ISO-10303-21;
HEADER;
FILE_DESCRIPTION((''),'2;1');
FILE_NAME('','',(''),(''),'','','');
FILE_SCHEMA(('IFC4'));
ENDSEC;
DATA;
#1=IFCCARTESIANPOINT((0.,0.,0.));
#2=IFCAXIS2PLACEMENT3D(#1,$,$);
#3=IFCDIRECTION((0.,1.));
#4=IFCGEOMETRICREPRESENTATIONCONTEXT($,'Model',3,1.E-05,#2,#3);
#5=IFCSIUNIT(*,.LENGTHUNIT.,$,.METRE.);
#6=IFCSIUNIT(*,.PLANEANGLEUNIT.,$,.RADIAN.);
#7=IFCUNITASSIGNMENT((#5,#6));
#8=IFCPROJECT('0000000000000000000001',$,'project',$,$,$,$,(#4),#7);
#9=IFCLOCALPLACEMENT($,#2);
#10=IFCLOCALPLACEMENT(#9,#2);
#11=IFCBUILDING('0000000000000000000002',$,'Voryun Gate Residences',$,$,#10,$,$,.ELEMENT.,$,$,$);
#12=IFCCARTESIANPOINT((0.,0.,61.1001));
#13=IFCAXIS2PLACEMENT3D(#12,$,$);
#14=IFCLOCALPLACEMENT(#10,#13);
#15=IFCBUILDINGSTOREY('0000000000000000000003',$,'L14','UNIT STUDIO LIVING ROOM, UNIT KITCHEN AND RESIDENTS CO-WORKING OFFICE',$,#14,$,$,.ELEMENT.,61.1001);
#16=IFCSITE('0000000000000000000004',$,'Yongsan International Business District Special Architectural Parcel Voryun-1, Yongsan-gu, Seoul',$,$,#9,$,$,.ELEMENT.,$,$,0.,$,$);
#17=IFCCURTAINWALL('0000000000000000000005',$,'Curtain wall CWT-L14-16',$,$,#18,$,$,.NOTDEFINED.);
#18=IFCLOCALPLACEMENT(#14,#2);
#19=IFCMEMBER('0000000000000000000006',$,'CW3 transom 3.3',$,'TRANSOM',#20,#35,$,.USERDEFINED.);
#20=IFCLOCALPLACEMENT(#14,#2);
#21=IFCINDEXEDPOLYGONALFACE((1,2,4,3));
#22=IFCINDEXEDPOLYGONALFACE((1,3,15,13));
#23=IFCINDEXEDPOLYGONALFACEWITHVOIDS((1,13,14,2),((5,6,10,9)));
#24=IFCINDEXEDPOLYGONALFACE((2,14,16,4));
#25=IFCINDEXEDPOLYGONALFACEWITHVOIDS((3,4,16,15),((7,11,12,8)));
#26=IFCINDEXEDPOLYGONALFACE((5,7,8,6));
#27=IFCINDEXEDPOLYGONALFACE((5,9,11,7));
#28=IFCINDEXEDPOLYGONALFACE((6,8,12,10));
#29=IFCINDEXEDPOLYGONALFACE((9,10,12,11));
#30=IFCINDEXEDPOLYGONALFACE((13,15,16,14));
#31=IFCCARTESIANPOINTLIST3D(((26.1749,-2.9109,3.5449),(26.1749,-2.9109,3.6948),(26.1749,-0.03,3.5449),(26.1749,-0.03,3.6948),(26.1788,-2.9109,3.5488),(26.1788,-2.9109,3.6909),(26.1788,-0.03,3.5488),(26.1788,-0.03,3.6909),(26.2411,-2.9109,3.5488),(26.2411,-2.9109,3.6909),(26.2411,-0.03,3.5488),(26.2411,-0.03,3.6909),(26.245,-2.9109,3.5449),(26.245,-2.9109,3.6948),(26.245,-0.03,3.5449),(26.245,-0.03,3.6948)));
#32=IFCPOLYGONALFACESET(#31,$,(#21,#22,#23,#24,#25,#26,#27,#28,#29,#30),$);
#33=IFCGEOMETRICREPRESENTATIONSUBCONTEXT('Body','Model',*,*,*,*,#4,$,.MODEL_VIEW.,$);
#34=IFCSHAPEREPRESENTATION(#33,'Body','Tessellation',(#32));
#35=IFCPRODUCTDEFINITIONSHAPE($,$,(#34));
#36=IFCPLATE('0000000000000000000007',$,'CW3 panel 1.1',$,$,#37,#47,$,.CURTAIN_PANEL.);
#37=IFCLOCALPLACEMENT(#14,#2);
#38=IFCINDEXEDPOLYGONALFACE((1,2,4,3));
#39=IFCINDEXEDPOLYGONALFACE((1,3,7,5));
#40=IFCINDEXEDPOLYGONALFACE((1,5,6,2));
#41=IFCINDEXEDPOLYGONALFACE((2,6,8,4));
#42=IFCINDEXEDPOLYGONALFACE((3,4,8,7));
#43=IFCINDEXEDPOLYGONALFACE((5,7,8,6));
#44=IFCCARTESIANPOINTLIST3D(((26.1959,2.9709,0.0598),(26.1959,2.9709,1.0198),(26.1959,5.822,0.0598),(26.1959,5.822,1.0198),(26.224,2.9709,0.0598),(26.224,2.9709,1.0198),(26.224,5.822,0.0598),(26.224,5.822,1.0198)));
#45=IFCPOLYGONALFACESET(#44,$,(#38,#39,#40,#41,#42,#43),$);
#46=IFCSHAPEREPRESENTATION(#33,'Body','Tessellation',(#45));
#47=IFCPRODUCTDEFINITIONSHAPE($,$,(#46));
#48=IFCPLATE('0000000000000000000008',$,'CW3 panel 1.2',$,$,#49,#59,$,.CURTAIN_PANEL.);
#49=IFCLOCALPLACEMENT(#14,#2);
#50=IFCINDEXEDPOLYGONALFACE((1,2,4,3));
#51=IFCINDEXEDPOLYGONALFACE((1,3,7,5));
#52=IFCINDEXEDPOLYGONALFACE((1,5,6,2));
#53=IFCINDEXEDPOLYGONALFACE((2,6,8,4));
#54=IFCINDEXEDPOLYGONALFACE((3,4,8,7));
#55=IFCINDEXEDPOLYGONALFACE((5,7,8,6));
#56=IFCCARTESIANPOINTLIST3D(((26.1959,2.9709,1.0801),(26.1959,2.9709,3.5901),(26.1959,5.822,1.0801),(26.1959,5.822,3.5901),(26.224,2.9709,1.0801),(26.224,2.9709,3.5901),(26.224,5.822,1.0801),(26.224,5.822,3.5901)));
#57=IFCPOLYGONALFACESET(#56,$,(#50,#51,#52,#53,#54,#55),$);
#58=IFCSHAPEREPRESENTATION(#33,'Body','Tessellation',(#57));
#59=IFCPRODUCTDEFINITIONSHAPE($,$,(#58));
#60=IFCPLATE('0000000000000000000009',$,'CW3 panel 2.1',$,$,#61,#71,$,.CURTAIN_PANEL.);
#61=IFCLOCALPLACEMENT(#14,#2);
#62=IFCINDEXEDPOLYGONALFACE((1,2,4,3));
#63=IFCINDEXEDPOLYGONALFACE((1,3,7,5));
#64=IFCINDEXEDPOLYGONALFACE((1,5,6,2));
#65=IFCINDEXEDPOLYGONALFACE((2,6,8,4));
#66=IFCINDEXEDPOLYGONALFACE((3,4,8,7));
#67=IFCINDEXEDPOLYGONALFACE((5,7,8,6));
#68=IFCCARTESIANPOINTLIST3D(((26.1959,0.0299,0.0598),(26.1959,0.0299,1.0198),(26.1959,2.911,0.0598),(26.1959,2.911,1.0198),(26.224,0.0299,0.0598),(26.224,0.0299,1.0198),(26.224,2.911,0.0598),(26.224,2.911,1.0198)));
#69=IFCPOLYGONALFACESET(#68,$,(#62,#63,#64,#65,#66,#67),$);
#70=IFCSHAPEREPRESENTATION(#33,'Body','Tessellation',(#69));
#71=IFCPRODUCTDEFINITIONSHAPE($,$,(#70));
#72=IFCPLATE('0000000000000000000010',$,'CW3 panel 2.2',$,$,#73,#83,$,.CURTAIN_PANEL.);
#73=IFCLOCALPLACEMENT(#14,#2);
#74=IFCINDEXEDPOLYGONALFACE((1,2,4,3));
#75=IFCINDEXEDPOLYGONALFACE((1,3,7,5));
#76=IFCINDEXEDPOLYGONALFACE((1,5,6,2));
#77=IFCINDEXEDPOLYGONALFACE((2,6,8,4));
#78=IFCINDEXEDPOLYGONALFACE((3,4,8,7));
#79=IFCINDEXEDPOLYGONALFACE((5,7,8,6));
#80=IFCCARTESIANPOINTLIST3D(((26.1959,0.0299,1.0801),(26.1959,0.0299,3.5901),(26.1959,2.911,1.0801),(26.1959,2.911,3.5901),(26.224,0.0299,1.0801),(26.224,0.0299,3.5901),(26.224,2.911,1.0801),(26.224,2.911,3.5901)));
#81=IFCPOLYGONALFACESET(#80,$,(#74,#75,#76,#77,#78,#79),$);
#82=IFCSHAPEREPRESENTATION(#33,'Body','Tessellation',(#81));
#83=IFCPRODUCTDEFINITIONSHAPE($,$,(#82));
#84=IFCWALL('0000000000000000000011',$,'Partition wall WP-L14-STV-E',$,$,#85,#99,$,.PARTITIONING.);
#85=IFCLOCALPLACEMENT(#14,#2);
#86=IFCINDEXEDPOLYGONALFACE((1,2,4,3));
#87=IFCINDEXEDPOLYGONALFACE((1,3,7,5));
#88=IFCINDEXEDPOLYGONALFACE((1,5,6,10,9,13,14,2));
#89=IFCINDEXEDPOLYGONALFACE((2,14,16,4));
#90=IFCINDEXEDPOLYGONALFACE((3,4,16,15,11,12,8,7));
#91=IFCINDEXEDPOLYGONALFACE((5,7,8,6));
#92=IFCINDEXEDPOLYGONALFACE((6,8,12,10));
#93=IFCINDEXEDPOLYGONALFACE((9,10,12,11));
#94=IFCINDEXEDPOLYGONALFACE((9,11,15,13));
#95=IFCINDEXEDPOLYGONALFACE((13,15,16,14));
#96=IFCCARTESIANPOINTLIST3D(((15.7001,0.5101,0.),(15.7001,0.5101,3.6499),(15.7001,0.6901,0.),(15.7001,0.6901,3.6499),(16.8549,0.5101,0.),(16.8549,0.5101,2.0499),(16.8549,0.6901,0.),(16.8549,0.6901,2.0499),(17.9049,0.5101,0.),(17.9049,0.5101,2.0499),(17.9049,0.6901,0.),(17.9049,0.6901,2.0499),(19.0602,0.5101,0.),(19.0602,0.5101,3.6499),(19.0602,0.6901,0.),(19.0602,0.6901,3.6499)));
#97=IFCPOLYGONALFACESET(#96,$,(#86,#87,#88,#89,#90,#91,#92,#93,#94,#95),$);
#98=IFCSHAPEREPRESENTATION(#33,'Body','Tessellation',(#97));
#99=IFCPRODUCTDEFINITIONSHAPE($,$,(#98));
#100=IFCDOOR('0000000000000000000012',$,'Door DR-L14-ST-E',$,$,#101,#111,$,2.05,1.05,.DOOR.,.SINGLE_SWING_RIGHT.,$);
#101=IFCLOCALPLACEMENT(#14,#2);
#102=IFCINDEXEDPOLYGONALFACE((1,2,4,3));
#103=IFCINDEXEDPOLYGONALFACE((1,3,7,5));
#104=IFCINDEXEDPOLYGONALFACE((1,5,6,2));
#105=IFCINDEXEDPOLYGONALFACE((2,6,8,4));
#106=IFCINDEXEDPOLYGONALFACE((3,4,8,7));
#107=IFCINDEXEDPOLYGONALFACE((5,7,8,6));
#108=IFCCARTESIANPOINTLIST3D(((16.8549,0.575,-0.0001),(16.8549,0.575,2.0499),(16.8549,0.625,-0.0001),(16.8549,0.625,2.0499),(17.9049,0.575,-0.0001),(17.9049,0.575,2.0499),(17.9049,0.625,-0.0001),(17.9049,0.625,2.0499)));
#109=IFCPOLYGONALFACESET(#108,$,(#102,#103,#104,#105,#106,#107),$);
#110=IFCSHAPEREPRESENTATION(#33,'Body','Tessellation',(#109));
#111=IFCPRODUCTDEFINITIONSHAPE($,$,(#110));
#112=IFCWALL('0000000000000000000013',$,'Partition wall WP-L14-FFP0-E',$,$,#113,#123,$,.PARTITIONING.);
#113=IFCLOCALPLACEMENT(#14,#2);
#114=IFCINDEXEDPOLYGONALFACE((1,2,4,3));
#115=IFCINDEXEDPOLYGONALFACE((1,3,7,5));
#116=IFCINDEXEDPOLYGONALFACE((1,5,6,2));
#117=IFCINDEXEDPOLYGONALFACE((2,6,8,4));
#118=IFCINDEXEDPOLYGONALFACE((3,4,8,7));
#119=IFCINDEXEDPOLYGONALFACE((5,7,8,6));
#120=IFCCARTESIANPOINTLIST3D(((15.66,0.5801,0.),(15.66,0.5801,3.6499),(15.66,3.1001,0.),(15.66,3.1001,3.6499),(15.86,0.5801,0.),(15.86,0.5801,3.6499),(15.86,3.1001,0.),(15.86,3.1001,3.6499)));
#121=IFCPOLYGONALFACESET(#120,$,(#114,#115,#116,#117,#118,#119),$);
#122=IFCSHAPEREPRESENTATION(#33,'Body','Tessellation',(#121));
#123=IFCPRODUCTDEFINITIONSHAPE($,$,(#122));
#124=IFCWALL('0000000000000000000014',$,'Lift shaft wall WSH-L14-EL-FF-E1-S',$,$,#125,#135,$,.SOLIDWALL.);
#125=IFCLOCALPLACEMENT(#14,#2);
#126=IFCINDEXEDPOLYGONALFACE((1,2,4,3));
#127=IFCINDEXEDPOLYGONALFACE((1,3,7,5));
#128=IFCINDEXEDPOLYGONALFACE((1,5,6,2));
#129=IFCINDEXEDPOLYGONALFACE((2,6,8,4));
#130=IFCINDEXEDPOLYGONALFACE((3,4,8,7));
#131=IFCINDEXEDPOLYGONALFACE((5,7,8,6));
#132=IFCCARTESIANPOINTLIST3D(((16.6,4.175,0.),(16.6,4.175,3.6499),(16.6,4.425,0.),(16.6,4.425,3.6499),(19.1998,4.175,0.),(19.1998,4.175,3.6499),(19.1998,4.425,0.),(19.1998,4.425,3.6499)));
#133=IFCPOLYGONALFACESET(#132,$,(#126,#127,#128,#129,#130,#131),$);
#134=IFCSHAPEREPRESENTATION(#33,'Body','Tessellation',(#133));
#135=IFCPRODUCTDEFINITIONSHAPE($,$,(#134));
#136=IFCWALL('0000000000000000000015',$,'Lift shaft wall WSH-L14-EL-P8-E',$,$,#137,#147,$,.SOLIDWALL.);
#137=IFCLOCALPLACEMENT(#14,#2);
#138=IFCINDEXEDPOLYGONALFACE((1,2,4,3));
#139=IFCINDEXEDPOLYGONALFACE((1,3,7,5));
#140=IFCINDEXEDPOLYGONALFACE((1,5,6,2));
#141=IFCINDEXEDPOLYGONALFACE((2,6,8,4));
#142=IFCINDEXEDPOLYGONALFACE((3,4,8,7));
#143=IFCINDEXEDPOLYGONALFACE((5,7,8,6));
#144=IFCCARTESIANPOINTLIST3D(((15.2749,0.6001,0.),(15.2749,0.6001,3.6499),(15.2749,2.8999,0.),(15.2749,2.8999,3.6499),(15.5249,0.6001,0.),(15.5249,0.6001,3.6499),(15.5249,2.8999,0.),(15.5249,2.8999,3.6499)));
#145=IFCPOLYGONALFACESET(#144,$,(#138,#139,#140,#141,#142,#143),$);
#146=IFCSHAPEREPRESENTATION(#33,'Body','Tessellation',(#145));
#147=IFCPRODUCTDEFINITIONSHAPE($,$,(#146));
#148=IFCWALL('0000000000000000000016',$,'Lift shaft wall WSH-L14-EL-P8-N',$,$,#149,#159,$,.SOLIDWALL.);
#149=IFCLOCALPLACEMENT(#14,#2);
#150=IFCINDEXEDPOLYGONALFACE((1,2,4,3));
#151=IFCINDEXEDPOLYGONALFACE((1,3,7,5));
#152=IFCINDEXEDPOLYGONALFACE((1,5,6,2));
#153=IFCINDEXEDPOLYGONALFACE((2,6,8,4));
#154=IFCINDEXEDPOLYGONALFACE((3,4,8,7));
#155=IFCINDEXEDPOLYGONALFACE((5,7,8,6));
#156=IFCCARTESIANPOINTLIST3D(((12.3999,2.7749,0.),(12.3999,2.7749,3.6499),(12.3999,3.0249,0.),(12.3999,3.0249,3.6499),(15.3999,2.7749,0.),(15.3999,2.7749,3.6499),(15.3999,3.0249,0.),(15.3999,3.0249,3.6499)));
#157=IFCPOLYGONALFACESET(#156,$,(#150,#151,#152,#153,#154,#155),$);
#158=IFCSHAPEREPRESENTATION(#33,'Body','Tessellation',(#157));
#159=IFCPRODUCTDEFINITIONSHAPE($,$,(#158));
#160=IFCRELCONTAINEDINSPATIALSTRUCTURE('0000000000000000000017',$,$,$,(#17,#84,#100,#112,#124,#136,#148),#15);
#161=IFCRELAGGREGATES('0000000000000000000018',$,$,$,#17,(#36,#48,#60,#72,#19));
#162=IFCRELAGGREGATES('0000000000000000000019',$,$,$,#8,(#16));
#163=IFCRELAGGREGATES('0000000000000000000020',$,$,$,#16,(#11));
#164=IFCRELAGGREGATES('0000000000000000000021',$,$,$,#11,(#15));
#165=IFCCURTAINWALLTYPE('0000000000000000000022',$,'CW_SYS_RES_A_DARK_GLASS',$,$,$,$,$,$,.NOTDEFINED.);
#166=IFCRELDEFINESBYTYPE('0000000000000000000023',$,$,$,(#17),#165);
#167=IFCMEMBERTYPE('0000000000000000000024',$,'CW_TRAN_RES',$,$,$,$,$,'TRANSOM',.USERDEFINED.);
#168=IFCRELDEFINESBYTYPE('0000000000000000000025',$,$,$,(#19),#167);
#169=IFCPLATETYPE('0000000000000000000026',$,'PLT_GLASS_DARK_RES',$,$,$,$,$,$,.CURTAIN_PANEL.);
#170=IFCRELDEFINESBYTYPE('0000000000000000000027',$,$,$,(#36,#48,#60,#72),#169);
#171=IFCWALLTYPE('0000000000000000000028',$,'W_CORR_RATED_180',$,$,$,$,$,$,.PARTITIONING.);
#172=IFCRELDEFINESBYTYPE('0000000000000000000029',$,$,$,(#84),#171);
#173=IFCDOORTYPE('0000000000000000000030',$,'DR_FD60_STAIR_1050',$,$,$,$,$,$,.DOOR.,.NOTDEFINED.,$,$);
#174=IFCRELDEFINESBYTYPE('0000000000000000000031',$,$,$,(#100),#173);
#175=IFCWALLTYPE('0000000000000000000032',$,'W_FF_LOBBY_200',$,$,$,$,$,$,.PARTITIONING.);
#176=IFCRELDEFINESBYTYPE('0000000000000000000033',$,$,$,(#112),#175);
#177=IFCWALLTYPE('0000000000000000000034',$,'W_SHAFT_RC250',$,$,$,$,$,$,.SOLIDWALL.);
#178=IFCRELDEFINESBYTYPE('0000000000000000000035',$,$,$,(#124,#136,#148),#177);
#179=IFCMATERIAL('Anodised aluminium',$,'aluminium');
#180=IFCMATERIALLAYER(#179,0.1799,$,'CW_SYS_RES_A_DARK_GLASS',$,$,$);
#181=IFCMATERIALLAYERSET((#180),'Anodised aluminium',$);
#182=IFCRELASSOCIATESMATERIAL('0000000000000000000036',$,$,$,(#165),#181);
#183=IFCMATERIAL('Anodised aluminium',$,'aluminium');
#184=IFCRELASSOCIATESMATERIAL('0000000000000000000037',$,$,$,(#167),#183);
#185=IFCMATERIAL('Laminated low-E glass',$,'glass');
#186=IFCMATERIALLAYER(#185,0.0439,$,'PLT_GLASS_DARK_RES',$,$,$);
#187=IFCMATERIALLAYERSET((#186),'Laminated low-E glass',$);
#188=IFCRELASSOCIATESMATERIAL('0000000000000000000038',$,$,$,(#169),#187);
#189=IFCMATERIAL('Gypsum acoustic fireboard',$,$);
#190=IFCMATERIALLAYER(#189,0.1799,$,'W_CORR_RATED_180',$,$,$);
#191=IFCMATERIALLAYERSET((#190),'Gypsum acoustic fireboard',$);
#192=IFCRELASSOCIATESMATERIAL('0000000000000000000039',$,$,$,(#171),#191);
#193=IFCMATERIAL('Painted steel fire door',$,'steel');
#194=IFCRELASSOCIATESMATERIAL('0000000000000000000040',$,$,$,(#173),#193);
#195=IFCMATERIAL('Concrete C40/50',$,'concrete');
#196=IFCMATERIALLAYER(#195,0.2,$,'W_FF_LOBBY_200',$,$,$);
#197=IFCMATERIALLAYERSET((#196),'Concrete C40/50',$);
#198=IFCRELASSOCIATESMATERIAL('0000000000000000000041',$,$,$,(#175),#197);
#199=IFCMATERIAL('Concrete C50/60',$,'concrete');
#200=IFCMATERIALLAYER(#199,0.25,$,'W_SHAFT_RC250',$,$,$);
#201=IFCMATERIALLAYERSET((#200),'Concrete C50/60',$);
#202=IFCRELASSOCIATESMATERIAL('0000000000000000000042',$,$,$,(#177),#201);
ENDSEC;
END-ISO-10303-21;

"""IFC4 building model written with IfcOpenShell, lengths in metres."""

from ifc_helpers import new_model, si_unit, direction, frame, frame_2d, origin, origin_2d, place, context, subcontext, project, spatial, rectangle, hollow_rectangle, extrude, material, layer, layer_set, material_profile, profile_set, type_object, element, fill, aggregate, save


model = new_model("IFC4")

# Units and contexts
model_context = context("Model", 3, precision=1e-05, world=origin(), true_north=direction((0.0, 1.0)))
body_context = subcontext(model_context, "Body", "Model", "MODEL_VIEW")
ifc_project = project(units=[si_unit("LENGTHUNIT", "METRE"), si_unit("PLANEANGLEUNIT", "RADIAN")], contexts=[model_context])

# Site, building, storey
site_placement = place(None, origin())
site = spatial("IfcSite", under=ifc_project, at=site_placement, Name="Yongsan International Business District Special Architectural Parcel Voryun-1, Yongsan-gu, Seoul", CompositionType="ELEMENT", RefElevation=0.0)
building_placement = place(site_placement, origin())
building = spatial("IfcBuilding", under=site, at=building_placement, Name="Voryun Gate Residences", CompositionType="ELEMENT")
storey_placement = place(building_placement, frame((0.0, 0.0, 61.1001)))
storey = spatial("IfcBuildingStorey", under=building, at=storey_placement, Name="L14", Description="UNIT STUDIO LIVING ROOM, UNIT KITCHEN AND RESIDENTS CO-WORKING OFFICE", CompositionType="ELEMENT", Elevation=61.1001)

# Curtain wall, member, plates
ifc_material_1 = material(Name="Anodised aluminium", Category="aluminium")
ifc_layer_1 = layer(ifc_material_1, 0.1799, Name="CW_SYS_RES_A_DARK_GLASS")
ifc_layer_set_1 = layer_set([ifc_layer_1], Name="Anodised aluminium")
curtain_wall_type = type_object("IfcCurtainWallType", Name="CW_SYS_RES_A_DARK_GLASS", PredefinedType="NOTDEFINED", material=ifc_layer_set_1)
curtain_wall_placement = place(storey_placement, origin())
curtain_wall = element("IfcCurtainWall", 1, at=curtain_wall_placement, inside=storey, type_object=curtain_wall_type, Name="Curtain wall CWT-L14-16", PredefinedType="NOTDEFINED")
ifc_material_2 = material(Name="Anodised aluminium", Category="aluminium")
ifc_material_profile_1 = material_profile(ifc_material_2, hollow_rectangle(XDim=0.0701, YDim=0.1499, WallThickness=0.0039, at=origin_2d()), Name="ALU-TRAN-150x70x4")
ifc_profile_set_1 = profile_set([ifc_material_profile_1], Name="Anodised aluminium")
member_type_1 = type_object("IfcMemberType", Name="CW_TRAN_RES", ElementType="TRANSOM", PredefinedType="USERDEFINED", material=ifc_profile_set_1)
member_1_placement = place(storey_placement, frame((26.21, -0.03, 3.6199), z_axis=(0.0, -1.0, 0.0), x_axis=(1.0, 0.0, 0.0)))
member_1 = element("IfcMember", 2, at=member_1_placement, type_object=member_type_1, Name="CW3 transom 3.3", ObjectType="TRANSOM", PredefinedType="USERDEFINED", context=body_context, shape_type="SweptSolid", body=[
    extrude(hollow_rectangle(XDim=0.0701, YDim=0.1499, WallThickness=0.0039, at=origin_2d()), origin(), (0.0, 0.0, 1.0), 2.8809),
])
ifc_material_3 = material(Name="Laminated low-E glass", Category="glass")
ifc_layer_2 = layer(ifc_material_3, 0.0439, Name="PLT_GLASS_DARK_RES")
ifc_layer_set_2 = layer_set([ifc_layer_2], Name="Laminated low-E glass")
plate_type = type_object("IfcPlateType", Name="PLT_GLASS_DARK_RES", PredefinedType="CURTAIN_PANEL", material=ifc_layer_set_2)
plate_1_placement = place(storey_placement, frame((26.21, 4.3965, 0.0598), z_axis=(0.0, 0.0, 1.0), x_axis=(0.0, -1.0, 0.0)))
plate_1 = element("IfcPlate", 3, at=plate_1_placement, type_object=plate_type, Name="CW3 panel 1.1", PredefinedType="CURTAIN_PANEL", context=body_context, shape_type="SweptSolid", body=[
    extrude(rectangle(XDim=2.8511, YDim=0.0281, at=origin_2d()), origin(), (0.0, 0.0, 1.0), 0.96),
])
plate_2_placement = place(storey_placement, frame((26.21, 4.3965, 1.0801), z_axis=(0.0, 0.0, 1.0), x_axis=(0.0, -1.0, 0.0)))
plate_2 = element("IfcPlate", 4, at=plate_2_placement, type_object=plate_type, Name="CW3 panel 1.2", PredefinedType="CURTAIN_PANEL", context=body_context, shape_type="SweptSolid", body=[
    extrude(rectangle(XDim=2.8511, YDim=0.0281, at=origin_2d()), origin(), (0.0, 0.0, 1.0), 2.51),
])
plate_3_placement = place(storey_placement, frame((26.21, 1.4705, 0.0598), z_axis=(0.0, 0.0, 1.0), x_axis=(0.0, -1.0, 0.0)))
plate_3 = element("IfcPlate", 5, at=plate_3_placement, type_object=plate_type, Name="CW3 panel 2.1", PredefinedType="CURTAIN_PANEL", context=body_context, shape_type="SweptSolid", body=[
    extrude(rectangle(XDim=2.8811, YDim=0.0281, at=origin_2d()), origin(), (0.0, 0.0, 1.0), 0.96),
])
plate_4_placement = place(storey_placement, frame((26.21, 1.4705, 1.0801), z_axis=(0.0, 0.0, 1.0), x_axis=(0.0, -1.0, 0.0)))
plate_4 = element("IfcPlate", 6, at=plate_4_placement, type_object=plate_type, Name="CW3 panel 2.2", PredefinedType="CURTAIN_PANEL", context=body_context, shape_type="SweptSolid", body=[
    extrude(rectangle(XDim=2.8811, YDim=0.0281, at=origin_2d()), origin(), (0.0, 0.0, 1.0), 2.51),
])
aggregate(curtain_wall, [plate_1, plate_2, plate_3, plate_4, member_1])

# Wall, opening, door
ifc_material_4 = material(Name="Gypsum acoustic fireboard")
ifc_layer_3 = layer(ifc_material_4, 0.1799, Name="W_CORR_RATED_180")
ifc_layer_set_3 = layer_set([ifc_layer_3], Name="Gypsum acoustic fireboard")
wall_type_1 = type_object("IfcWallType", Name="W_CORR_RATED_180", PredefinedType="PARTITIONING", material=ifc_layer_set_3)
wall_1_placement = place(storey_placement, frame((15.7, 0.6001, 0.0), z_axis=(0.0, 0.0, 1.0), x_axis=(1.0, 0.0, 0.0)))
wall_1 = element("IfcWall", 7, at=wall_1_placement, inside=storey, type_object=wall_type_1, Name="Partition wall WP-L14-STV-E", PredefinedType="PARTITIONING", context=body_context, shape_type="SweptSolid", body=[
    extrude(rectangle(XDim=3.3601, YDim=0.1799, at=frame_2d((1.6802, 0.0))), origin(), (0.0, 0.0, 1.0), 3.6499),
])
opening_placement = place(wall_1_placement, frame((1.155, 0.0, 0.0)))
opening = element("IfcOpeningElement", 8, at=opening_placement, cuts=wall_1, PredefinedType="OPENING", context=body_context, shape_type="SweptSolid", body=[
    extrude(rectangle(XDim=1.05, YDim=2.05, at=frame_2d((0.5249, 1.0249))), frame((0.0, 0.0999, 0.0), z_axis=(0.0, -1.0, 0.0), x_axis=(1.0, 0.0, 0.0)), (0.0, 0.0, 1.0), 0.2),
])
ifc_material_5 = material(Name="Painted steel fire door", Category="steel")
door_type = type_object("IfcDoorType", Name="DR_FD60_STAIR_1050", OperationType="NOTDEFINED", PredefinedType="DOOR", material=ifc_material_5)
door_placement = place(opening_placement, origin())
door = element("IfcDoor", 9, at=door_placement, inside=storey, type_object=door_type, Name="Door DR-L14-ST-E", OperationType="SINGLE_SWING_RIGHT", OverallHeight=2.05, OverallWidth=1.05, PredefinedType="DOOR", context=body_context, shape_type="SweptSolid", body=[
    extrude(rectangle(XDim=1.05, YDim=2.05, at=frame_2d((0.5249, 1.0249))), frame((0.0, 0.0249, 0.0), z_axis=(0.0, -1.0, 0.0), x_axis=(1.0, 0.0, 0.0)), (0.0, 0.0, 1.0), 0.05),
])
fill(opening, door)

# Walls
ifc_material_6 = material(Name="Concrete C40/50", Category="concrete")
ifc_layer_4 = layer(ifc_material_6, 0.2, Name="W_FF_LOBBY_200")
ifc_layer_set_4 = layer_set([ifc_layer_4], Name="Concrete C40/50")
wall_type_2 = type_object("IfcWallType", Name="W_FF_LOBBY_200", PredefinedType="PARTITIONING", material=ifc_layer_set_4)
wall_2_placement = place(storey_placement, frame((15.76, 0.5801, 0.0), z_axis=(0.0, 0.0, 1.0), x_axis=(0.0, 1.0, 0.0)))
element("IfcWall", 10, at=wall_2_placement, inside=storey, type_object=wall_type_2, Name="Partition wall WP-L14-FFP0-E", PredefinedType="PARTITIONING", context=body_context, shape_type="SweptSolid", body=[
    extrude(rectangle(XDim=2.52, YDim=0.2, at=frame_2d((1.26, 0.0))), origin(), (0.0, 0.0, 1.0), 3.6499),
])
ifc_material_7 = material(Name="Concrete C50/60", Category="concrete")
ifc_layer_5 = layer(ifc_material_7, 0.25, Name="W_SHAFT_RC250")
ifc_layer_set_5 = layer_set([ifc_layer_5], Name="Concrete C50/60")
wall_type_3 = type_object("IfcWallType", Name="W_SHAFT_RC250", PredefinedType="SOLIDWALL", material=ifc_layer_set_5)
wall_3_placement = place(storey_placement, frame((16.6001, 4.3, 0.0), z_axis=(0.0, 0.0, 1.0), x_axis=(1.0, 0.0, 0.0)))
element("IfcWall", 11, at=wall_3_placement, inside=storey, type_object=wall_type_3, Name="Lift shaft wall WSH-L14-EL-FF-E1-S", PredefinedType="SOLIDWALL", context=body_context, shape_type="SweptSolid", body=[
    extrude(rectangle(XDim=2.5999, YDim=0.25, at=frame_2d((1.2998, 0.0))), origin(), (0.0, 0.0, 1.0), 3.6499),
])
wall_4_placement = place(storey_placement, frame((15.3999, 0.6001, 0.0), z_axis=(0.0, 0.0, 1.0), x_axis=(0.0, 1.0, 0.0)))
element("IfcWall", 12, at=wall_4_placement, inside=storey, type_object=wall_type_3, Name="Lift shaft wall WSH-L14-EL-P8-E", PredefinedType="SOLIDWALL", context=body_context, shape_type="SweptSolid", body=[
    extrude(rectangle(XDim=2.2998, YDim=0.25, at=frame_2d((1.1499, 0.0))), origin(), (0.0, 0.0, 1.0), 3.6499),
])
wall_5_placement = place(storey_placement, frame((15.3999, 2.8999, 0.0), z_axis=(0.0, 0.0, 1.0), x_axis=(-1.0, 0.0, 0.0)))
element("IfcWall", 13, at=wall_5_placement, inside=storey, type_object=wall_type_3, Name="Lift shaft wall WSH-L14-EL-P8-N", PredefinedType="SOLIDWALL", context=body_context, shape_type="SweptSolid", body=[
    extrude(rectangle(XDim=3.0, YDim=0.25, at=frame_2d((1.5, 0.0))), origin(), (0.0, 0.0, 1.0), 3.6499),
])

save(model, "model.ifc")
